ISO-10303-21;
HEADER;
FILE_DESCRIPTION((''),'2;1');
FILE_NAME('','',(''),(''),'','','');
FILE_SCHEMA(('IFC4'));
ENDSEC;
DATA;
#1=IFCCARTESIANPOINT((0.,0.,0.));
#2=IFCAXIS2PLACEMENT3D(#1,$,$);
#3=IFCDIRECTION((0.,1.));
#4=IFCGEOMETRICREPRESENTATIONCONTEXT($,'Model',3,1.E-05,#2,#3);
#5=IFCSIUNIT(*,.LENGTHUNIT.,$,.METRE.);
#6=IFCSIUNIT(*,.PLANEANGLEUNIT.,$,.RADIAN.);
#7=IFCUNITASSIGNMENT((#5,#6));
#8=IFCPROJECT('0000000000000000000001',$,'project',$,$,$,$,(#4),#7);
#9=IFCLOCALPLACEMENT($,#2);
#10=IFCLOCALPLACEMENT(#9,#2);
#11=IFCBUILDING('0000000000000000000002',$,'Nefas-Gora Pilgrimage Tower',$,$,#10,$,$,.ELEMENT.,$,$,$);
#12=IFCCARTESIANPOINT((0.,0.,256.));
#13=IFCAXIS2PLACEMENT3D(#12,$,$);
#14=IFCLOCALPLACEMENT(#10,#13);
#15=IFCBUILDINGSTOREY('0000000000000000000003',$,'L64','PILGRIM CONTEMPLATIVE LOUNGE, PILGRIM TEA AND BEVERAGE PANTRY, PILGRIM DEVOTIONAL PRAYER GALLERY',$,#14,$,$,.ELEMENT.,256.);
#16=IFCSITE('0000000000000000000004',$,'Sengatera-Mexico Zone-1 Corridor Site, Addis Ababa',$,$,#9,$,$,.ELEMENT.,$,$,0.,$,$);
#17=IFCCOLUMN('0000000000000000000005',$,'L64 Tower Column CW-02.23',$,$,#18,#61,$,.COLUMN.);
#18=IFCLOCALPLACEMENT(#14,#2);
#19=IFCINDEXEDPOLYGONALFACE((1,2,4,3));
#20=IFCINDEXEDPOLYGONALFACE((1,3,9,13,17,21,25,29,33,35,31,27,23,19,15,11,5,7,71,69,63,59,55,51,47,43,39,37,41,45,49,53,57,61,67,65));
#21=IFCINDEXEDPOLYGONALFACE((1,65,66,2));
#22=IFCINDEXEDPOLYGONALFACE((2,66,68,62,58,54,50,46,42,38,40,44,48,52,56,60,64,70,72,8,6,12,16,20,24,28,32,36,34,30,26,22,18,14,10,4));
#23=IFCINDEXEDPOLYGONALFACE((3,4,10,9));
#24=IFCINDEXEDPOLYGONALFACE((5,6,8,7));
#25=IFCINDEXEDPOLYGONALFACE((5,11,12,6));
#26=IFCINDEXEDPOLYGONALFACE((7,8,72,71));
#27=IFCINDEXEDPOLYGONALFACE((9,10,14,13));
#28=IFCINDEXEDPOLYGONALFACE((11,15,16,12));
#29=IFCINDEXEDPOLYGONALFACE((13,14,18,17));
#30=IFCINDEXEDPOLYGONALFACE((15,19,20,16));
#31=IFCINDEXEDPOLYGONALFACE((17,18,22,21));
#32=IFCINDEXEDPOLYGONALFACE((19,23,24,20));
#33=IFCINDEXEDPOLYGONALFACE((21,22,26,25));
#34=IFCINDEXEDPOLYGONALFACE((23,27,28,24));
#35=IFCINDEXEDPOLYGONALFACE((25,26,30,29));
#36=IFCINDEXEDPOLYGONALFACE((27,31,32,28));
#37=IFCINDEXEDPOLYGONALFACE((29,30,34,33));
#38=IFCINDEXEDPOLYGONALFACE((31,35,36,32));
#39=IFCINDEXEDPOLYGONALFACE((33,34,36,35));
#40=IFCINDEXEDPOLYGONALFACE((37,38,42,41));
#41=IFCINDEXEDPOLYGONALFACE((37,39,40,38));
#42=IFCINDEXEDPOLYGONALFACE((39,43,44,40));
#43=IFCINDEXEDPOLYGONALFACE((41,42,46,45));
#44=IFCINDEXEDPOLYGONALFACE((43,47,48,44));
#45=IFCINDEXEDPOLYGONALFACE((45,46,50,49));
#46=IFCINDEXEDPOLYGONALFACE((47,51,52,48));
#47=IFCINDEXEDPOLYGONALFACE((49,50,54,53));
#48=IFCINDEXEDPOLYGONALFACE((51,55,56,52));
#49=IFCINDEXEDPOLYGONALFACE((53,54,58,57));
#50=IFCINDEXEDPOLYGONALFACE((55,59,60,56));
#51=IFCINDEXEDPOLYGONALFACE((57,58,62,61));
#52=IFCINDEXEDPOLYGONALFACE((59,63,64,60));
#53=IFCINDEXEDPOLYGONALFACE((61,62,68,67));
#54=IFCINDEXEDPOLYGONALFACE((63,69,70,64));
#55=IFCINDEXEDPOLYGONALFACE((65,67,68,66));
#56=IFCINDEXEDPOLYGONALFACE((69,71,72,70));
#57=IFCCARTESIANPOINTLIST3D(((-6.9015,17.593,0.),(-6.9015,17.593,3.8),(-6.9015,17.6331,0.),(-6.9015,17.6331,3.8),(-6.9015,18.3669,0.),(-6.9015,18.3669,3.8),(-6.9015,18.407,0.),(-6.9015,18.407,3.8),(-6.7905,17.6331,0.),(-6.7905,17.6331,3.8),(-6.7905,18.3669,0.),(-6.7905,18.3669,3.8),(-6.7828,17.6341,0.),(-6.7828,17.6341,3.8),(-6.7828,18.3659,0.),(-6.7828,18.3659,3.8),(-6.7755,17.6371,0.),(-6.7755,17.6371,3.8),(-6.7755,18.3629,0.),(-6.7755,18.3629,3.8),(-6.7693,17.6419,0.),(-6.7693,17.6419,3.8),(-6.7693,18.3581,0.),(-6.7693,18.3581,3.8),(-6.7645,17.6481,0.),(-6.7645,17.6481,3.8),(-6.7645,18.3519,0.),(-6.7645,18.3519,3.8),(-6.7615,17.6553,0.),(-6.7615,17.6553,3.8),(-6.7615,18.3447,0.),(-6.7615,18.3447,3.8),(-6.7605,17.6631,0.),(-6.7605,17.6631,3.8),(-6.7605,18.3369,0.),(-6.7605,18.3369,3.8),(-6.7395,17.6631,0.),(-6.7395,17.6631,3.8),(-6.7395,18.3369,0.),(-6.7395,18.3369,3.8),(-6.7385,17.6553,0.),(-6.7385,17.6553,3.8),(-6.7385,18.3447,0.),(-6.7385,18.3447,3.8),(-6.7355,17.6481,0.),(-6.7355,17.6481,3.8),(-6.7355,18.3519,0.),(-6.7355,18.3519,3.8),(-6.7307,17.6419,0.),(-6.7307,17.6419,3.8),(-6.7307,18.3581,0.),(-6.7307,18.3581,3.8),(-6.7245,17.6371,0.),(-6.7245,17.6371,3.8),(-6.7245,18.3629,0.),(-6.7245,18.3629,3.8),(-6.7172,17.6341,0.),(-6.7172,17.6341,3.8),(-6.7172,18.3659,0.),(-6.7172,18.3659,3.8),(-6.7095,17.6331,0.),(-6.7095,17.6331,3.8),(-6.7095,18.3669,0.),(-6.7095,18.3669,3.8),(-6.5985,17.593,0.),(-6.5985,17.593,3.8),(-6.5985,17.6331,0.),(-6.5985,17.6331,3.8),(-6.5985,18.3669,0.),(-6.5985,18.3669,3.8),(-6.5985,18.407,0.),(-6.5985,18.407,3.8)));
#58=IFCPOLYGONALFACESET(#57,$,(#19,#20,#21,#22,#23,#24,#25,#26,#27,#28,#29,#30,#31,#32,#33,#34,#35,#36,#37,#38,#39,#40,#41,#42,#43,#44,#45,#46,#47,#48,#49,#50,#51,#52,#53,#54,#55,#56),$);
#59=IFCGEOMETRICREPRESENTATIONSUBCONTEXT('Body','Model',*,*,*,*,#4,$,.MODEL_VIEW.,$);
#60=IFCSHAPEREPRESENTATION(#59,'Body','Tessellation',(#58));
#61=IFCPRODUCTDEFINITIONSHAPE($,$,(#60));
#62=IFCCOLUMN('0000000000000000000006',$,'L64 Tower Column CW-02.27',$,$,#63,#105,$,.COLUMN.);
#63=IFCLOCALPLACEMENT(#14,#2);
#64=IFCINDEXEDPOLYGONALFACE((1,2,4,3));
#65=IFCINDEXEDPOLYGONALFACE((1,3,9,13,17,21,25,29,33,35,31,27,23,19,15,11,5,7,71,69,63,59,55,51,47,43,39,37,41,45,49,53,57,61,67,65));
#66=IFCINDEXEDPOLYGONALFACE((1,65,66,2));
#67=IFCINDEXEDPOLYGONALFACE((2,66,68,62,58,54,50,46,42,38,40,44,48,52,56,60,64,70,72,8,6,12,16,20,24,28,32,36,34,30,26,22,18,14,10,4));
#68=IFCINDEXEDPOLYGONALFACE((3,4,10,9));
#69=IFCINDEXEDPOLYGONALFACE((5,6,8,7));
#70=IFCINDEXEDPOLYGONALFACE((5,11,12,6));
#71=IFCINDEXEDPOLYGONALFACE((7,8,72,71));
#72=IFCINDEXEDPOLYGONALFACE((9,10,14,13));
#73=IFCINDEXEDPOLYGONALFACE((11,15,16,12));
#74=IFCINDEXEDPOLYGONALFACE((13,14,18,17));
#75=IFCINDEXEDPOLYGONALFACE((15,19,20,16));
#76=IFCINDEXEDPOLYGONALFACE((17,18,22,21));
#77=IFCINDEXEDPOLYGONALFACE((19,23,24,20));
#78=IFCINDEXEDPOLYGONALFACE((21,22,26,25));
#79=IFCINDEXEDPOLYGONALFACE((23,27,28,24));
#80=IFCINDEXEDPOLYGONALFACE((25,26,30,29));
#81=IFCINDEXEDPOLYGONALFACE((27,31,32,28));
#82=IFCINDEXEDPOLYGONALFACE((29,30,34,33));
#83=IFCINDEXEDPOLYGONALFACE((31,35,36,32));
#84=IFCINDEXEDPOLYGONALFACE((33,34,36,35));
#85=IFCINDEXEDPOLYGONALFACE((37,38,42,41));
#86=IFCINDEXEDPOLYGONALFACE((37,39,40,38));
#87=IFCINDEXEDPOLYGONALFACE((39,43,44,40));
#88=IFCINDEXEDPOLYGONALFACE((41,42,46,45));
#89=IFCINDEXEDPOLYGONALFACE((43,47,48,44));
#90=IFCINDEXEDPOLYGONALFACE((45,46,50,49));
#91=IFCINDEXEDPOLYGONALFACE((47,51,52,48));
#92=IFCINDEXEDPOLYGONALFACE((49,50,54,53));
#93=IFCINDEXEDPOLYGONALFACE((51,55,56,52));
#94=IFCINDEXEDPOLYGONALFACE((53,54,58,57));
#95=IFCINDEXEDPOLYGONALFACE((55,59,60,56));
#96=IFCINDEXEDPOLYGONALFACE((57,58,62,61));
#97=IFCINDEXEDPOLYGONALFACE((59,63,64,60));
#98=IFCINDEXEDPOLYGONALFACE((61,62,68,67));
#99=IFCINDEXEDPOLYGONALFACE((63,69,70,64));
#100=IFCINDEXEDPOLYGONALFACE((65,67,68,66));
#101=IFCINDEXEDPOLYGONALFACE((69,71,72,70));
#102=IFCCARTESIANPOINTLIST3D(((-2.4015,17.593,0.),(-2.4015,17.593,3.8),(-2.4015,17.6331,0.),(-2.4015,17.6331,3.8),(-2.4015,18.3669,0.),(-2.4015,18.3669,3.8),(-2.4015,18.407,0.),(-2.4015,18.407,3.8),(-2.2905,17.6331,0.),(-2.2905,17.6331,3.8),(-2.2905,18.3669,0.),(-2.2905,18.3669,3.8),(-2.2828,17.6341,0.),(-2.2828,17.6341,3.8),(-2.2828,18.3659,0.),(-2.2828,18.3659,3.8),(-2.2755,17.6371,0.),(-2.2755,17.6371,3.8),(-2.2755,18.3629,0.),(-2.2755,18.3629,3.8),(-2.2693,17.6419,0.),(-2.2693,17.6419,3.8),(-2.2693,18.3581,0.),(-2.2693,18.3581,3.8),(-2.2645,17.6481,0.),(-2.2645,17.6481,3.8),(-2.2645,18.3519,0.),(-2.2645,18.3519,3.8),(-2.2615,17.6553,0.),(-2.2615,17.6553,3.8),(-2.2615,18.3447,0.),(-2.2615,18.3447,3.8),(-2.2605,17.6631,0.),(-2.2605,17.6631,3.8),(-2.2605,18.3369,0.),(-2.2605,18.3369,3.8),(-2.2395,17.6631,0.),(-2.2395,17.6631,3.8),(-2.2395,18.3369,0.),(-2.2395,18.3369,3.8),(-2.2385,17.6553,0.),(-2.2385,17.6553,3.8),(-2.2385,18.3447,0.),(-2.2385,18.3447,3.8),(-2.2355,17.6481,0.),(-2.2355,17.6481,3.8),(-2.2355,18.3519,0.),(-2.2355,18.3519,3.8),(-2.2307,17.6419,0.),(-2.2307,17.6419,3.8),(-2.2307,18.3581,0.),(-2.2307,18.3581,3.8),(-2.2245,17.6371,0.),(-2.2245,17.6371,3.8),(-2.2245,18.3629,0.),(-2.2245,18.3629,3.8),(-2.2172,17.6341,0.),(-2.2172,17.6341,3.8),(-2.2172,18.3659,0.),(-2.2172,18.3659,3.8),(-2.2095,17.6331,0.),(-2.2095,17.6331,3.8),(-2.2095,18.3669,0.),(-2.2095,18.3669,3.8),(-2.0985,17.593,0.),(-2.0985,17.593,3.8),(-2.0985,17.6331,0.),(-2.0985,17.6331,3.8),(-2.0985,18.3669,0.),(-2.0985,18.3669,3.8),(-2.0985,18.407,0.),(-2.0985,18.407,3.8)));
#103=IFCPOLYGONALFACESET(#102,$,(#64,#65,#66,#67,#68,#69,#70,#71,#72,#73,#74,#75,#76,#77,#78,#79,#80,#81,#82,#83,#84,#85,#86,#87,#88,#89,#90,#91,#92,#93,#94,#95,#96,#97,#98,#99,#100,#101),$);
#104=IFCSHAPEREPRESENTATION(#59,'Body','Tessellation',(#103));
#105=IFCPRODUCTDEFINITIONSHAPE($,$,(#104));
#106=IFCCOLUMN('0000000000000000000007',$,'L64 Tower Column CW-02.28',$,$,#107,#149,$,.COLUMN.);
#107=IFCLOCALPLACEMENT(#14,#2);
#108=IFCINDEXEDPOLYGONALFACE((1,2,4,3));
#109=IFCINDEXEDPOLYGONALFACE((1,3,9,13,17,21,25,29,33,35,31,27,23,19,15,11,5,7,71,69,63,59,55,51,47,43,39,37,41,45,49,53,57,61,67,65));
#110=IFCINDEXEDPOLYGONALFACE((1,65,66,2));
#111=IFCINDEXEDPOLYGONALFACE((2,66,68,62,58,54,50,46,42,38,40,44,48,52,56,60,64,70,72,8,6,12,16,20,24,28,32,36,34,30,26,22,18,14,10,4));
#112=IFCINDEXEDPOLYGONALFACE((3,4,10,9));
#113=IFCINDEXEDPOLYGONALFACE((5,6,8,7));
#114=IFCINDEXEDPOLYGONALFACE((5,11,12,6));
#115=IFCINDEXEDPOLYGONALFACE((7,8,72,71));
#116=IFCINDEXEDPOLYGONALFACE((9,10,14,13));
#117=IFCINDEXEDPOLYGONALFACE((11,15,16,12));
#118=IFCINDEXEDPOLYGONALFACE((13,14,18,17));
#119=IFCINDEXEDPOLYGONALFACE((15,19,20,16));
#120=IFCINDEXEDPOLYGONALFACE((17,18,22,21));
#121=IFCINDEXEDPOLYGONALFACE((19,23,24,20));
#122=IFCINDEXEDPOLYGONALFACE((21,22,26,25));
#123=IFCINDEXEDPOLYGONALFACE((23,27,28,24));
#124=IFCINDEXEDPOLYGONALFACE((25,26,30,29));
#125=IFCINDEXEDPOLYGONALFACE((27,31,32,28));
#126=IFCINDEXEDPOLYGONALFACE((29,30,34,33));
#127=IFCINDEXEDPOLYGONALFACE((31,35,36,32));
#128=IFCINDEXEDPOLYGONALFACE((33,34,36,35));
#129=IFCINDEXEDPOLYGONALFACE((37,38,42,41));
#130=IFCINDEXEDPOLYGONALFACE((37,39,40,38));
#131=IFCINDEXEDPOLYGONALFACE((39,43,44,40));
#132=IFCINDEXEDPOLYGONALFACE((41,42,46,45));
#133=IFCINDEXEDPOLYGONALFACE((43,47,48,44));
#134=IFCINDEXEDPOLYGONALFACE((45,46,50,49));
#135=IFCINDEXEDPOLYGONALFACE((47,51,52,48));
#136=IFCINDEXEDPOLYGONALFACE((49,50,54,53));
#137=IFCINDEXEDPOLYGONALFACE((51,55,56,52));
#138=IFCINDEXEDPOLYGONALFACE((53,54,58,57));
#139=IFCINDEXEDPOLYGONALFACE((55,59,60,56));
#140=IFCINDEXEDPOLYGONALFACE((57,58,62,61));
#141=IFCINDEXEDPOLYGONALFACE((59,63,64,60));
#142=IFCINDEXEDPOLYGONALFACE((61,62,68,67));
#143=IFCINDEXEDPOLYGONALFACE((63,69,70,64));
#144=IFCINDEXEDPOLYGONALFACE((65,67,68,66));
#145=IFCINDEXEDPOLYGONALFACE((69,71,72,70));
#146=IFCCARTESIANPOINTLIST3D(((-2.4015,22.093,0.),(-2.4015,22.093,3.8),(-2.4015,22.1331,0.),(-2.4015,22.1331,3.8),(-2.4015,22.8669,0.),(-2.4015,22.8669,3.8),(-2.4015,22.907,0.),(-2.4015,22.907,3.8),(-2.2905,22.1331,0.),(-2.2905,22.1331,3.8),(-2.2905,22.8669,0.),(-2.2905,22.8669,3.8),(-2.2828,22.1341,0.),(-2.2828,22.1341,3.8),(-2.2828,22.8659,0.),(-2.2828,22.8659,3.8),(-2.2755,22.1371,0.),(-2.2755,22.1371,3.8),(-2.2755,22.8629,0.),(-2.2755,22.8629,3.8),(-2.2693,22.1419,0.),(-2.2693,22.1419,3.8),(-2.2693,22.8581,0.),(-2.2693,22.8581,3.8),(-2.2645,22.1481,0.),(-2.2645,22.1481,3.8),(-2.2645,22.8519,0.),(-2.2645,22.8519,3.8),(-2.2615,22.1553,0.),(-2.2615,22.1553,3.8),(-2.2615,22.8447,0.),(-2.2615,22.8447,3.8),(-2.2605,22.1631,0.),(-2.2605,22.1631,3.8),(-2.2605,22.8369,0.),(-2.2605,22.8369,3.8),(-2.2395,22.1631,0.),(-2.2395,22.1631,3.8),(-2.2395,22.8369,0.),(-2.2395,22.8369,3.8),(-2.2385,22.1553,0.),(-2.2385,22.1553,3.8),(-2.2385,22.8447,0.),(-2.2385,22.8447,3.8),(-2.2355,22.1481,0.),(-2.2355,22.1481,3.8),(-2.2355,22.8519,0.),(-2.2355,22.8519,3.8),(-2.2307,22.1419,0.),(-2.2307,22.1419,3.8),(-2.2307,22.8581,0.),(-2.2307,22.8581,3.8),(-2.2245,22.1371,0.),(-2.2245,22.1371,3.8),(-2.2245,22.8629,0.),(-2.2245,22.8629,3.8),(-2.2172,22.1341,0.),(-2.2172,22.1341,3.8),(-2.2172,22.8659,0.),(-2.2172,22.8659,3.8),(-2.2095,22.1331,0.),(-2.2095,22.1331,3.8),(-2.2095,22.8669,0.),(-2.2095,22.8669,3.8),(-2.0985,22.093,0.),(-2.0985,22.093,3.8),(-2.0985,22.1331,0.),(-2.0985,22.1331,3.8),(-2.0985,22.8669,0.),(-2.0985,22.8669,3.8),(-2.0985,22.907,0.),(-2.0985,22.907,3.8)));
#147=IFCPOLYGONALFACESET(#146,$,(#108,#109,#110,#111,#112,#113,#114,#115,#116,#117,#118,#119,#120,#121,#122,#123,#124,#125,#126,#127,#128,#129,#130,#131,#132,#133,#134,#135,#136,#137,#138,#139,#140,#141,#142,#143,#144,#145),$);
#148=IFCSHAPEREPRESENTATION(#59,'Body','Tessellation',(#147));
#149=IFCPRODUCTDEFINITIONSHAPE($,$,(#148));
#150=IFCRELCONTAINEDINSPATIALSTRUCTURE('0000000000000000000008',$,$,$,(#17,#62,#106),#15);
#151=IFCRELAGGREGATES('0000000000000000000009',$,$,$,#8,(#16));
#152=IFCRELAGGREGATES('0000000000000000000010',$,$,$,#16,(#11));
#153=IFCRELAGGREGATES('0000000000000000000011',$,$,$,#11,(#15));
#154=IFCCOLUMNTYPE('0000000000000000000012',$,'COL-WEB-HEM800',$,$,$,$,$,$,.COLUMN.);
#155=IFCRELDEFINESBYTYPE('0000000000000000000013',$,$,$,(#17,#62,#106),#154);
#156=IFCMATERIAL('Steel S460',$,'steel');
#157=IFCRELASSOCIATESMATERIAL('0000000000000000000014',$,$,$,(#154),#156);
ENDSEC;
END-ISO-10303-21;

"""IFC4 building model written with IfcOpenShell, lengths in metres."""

from ifc_helpers import new_model, si_unit, direction, frame, origin, origin_2d, place, context, subcontext, project, spatial, i_section, extrude, source, transform, mapped, material, material_profile, profile_set, type_object, element, save


model = new_model("IFC4")

# Units and contexts
model_context = context("Model", 3, precision=1e-05, world=origin(), true_north=direction((0.0, 1.0)))
body_context = subcontext(model_context, "Body", "Model", "MODEL_VIEW")
ifc_project = project(units=[si_unit("LENGTHUNIT", "METRE"), si_unit("PLANEANGLEUNIT", "RADIAN")], contexts=[model_context])

# Site, building, storey
site_placement = place(None, origin())
site = spatial("IfcSite", under=ifc_project, at=site_placement, Name="Sengatera-Mexico Zone-1 Corridor Site, Addis Ababa", CompositionType="ELEMENT", RefElevation=0.0)
building_placement = place(site_placement, origin())
building = spatial("IfcBuilding", under=site, at=building_placement, Name="Nefas-Gora Pilgrimage Tower", CompositionType="ELEMENT")
storey_placement = place(building_placement, frame((0.0, 0.0, 256.0)))
storey = spatial("IfcBuildingStorey", under=building, at=storey_placement, Name="L64", Description="PILGRIM CONTEMPLATIVE LOUNGE, PILGRIM TEA AND BEVERAGE PANTRY, PILGRIM DEVOTIONAL PRAYER GALLERY", CompositionType="ELEMENT", Elevation=256.0)

# Columns
ifc_material_1 = material(Name="Steel S460", Category="steel")
ifc_material_profile_1 = material_profile(ifc_material_1, i_section(OverallWidth=0.303, OverallDepth=0.814, WebThickness=0.021, FlangeThickness=0.04, FilletRadius=0.03, at=origin_2d()), Name="HEM 800")
ifc_profile_set_1 = profile_set([ifc_material_profile_1], Name="Steel S460")
column_type_1 = type_object("IfcColumnType", Name="COL-WEB-HEM800", PredefinedType="COLUMN", material=ifc_profile_set_1)
shared_shape_1 = source(origin(), body_context, "Body", "SweptSolid", [
    extrude(i_section(OverallWidth=0.303, OverallDepth=0.814, WebThickness=0.021, FlangeThickness=0.04, FilletRadius=0.03, at=origin_2d()), origin(), (0.0, 0.0, 1.0), 3.8),
])
for number, where, z_axis, x_axis, name in (
    (1, (-6.75, 18.0, 0.0), (0.0, 0.0, 1.0), (1.0, 0.0, 0.0), "L64 Tower Column CW-02.23"),
    (2, (-2.25, 18.0, 0.0), (0.0, 0.0, 1.0), (1.0, 0.0, 0.0), "L64 Tower Column CW-02.27"),
    (3, (-2.25, 22.5, 0.0), (0.0, 0.0, 1.0), (1.0, 0.0, 0.0), "L64 Tower Column CW-02.28"),
):
    element("IfcColumn", number, at=place(storey_placement, frame(where, z_axis=z_axis, x_axis=x_axis)), inside=storey, type_object=column_type_1, Name=name, PredefinedType="COLUMN", context=body_context, shape_type="MappedRepresentation", body=[
        mapped(shared_shape_1, transform((0.0, 0.0, 0.0), x_axis=(1.0, 0.0, 0.0), y_axis=(0.0, 1.0, 0.0), z_axis=(0.0, 0.0, 1.0), scale=1.0)),
    ])

save(model, "model.ifc")
